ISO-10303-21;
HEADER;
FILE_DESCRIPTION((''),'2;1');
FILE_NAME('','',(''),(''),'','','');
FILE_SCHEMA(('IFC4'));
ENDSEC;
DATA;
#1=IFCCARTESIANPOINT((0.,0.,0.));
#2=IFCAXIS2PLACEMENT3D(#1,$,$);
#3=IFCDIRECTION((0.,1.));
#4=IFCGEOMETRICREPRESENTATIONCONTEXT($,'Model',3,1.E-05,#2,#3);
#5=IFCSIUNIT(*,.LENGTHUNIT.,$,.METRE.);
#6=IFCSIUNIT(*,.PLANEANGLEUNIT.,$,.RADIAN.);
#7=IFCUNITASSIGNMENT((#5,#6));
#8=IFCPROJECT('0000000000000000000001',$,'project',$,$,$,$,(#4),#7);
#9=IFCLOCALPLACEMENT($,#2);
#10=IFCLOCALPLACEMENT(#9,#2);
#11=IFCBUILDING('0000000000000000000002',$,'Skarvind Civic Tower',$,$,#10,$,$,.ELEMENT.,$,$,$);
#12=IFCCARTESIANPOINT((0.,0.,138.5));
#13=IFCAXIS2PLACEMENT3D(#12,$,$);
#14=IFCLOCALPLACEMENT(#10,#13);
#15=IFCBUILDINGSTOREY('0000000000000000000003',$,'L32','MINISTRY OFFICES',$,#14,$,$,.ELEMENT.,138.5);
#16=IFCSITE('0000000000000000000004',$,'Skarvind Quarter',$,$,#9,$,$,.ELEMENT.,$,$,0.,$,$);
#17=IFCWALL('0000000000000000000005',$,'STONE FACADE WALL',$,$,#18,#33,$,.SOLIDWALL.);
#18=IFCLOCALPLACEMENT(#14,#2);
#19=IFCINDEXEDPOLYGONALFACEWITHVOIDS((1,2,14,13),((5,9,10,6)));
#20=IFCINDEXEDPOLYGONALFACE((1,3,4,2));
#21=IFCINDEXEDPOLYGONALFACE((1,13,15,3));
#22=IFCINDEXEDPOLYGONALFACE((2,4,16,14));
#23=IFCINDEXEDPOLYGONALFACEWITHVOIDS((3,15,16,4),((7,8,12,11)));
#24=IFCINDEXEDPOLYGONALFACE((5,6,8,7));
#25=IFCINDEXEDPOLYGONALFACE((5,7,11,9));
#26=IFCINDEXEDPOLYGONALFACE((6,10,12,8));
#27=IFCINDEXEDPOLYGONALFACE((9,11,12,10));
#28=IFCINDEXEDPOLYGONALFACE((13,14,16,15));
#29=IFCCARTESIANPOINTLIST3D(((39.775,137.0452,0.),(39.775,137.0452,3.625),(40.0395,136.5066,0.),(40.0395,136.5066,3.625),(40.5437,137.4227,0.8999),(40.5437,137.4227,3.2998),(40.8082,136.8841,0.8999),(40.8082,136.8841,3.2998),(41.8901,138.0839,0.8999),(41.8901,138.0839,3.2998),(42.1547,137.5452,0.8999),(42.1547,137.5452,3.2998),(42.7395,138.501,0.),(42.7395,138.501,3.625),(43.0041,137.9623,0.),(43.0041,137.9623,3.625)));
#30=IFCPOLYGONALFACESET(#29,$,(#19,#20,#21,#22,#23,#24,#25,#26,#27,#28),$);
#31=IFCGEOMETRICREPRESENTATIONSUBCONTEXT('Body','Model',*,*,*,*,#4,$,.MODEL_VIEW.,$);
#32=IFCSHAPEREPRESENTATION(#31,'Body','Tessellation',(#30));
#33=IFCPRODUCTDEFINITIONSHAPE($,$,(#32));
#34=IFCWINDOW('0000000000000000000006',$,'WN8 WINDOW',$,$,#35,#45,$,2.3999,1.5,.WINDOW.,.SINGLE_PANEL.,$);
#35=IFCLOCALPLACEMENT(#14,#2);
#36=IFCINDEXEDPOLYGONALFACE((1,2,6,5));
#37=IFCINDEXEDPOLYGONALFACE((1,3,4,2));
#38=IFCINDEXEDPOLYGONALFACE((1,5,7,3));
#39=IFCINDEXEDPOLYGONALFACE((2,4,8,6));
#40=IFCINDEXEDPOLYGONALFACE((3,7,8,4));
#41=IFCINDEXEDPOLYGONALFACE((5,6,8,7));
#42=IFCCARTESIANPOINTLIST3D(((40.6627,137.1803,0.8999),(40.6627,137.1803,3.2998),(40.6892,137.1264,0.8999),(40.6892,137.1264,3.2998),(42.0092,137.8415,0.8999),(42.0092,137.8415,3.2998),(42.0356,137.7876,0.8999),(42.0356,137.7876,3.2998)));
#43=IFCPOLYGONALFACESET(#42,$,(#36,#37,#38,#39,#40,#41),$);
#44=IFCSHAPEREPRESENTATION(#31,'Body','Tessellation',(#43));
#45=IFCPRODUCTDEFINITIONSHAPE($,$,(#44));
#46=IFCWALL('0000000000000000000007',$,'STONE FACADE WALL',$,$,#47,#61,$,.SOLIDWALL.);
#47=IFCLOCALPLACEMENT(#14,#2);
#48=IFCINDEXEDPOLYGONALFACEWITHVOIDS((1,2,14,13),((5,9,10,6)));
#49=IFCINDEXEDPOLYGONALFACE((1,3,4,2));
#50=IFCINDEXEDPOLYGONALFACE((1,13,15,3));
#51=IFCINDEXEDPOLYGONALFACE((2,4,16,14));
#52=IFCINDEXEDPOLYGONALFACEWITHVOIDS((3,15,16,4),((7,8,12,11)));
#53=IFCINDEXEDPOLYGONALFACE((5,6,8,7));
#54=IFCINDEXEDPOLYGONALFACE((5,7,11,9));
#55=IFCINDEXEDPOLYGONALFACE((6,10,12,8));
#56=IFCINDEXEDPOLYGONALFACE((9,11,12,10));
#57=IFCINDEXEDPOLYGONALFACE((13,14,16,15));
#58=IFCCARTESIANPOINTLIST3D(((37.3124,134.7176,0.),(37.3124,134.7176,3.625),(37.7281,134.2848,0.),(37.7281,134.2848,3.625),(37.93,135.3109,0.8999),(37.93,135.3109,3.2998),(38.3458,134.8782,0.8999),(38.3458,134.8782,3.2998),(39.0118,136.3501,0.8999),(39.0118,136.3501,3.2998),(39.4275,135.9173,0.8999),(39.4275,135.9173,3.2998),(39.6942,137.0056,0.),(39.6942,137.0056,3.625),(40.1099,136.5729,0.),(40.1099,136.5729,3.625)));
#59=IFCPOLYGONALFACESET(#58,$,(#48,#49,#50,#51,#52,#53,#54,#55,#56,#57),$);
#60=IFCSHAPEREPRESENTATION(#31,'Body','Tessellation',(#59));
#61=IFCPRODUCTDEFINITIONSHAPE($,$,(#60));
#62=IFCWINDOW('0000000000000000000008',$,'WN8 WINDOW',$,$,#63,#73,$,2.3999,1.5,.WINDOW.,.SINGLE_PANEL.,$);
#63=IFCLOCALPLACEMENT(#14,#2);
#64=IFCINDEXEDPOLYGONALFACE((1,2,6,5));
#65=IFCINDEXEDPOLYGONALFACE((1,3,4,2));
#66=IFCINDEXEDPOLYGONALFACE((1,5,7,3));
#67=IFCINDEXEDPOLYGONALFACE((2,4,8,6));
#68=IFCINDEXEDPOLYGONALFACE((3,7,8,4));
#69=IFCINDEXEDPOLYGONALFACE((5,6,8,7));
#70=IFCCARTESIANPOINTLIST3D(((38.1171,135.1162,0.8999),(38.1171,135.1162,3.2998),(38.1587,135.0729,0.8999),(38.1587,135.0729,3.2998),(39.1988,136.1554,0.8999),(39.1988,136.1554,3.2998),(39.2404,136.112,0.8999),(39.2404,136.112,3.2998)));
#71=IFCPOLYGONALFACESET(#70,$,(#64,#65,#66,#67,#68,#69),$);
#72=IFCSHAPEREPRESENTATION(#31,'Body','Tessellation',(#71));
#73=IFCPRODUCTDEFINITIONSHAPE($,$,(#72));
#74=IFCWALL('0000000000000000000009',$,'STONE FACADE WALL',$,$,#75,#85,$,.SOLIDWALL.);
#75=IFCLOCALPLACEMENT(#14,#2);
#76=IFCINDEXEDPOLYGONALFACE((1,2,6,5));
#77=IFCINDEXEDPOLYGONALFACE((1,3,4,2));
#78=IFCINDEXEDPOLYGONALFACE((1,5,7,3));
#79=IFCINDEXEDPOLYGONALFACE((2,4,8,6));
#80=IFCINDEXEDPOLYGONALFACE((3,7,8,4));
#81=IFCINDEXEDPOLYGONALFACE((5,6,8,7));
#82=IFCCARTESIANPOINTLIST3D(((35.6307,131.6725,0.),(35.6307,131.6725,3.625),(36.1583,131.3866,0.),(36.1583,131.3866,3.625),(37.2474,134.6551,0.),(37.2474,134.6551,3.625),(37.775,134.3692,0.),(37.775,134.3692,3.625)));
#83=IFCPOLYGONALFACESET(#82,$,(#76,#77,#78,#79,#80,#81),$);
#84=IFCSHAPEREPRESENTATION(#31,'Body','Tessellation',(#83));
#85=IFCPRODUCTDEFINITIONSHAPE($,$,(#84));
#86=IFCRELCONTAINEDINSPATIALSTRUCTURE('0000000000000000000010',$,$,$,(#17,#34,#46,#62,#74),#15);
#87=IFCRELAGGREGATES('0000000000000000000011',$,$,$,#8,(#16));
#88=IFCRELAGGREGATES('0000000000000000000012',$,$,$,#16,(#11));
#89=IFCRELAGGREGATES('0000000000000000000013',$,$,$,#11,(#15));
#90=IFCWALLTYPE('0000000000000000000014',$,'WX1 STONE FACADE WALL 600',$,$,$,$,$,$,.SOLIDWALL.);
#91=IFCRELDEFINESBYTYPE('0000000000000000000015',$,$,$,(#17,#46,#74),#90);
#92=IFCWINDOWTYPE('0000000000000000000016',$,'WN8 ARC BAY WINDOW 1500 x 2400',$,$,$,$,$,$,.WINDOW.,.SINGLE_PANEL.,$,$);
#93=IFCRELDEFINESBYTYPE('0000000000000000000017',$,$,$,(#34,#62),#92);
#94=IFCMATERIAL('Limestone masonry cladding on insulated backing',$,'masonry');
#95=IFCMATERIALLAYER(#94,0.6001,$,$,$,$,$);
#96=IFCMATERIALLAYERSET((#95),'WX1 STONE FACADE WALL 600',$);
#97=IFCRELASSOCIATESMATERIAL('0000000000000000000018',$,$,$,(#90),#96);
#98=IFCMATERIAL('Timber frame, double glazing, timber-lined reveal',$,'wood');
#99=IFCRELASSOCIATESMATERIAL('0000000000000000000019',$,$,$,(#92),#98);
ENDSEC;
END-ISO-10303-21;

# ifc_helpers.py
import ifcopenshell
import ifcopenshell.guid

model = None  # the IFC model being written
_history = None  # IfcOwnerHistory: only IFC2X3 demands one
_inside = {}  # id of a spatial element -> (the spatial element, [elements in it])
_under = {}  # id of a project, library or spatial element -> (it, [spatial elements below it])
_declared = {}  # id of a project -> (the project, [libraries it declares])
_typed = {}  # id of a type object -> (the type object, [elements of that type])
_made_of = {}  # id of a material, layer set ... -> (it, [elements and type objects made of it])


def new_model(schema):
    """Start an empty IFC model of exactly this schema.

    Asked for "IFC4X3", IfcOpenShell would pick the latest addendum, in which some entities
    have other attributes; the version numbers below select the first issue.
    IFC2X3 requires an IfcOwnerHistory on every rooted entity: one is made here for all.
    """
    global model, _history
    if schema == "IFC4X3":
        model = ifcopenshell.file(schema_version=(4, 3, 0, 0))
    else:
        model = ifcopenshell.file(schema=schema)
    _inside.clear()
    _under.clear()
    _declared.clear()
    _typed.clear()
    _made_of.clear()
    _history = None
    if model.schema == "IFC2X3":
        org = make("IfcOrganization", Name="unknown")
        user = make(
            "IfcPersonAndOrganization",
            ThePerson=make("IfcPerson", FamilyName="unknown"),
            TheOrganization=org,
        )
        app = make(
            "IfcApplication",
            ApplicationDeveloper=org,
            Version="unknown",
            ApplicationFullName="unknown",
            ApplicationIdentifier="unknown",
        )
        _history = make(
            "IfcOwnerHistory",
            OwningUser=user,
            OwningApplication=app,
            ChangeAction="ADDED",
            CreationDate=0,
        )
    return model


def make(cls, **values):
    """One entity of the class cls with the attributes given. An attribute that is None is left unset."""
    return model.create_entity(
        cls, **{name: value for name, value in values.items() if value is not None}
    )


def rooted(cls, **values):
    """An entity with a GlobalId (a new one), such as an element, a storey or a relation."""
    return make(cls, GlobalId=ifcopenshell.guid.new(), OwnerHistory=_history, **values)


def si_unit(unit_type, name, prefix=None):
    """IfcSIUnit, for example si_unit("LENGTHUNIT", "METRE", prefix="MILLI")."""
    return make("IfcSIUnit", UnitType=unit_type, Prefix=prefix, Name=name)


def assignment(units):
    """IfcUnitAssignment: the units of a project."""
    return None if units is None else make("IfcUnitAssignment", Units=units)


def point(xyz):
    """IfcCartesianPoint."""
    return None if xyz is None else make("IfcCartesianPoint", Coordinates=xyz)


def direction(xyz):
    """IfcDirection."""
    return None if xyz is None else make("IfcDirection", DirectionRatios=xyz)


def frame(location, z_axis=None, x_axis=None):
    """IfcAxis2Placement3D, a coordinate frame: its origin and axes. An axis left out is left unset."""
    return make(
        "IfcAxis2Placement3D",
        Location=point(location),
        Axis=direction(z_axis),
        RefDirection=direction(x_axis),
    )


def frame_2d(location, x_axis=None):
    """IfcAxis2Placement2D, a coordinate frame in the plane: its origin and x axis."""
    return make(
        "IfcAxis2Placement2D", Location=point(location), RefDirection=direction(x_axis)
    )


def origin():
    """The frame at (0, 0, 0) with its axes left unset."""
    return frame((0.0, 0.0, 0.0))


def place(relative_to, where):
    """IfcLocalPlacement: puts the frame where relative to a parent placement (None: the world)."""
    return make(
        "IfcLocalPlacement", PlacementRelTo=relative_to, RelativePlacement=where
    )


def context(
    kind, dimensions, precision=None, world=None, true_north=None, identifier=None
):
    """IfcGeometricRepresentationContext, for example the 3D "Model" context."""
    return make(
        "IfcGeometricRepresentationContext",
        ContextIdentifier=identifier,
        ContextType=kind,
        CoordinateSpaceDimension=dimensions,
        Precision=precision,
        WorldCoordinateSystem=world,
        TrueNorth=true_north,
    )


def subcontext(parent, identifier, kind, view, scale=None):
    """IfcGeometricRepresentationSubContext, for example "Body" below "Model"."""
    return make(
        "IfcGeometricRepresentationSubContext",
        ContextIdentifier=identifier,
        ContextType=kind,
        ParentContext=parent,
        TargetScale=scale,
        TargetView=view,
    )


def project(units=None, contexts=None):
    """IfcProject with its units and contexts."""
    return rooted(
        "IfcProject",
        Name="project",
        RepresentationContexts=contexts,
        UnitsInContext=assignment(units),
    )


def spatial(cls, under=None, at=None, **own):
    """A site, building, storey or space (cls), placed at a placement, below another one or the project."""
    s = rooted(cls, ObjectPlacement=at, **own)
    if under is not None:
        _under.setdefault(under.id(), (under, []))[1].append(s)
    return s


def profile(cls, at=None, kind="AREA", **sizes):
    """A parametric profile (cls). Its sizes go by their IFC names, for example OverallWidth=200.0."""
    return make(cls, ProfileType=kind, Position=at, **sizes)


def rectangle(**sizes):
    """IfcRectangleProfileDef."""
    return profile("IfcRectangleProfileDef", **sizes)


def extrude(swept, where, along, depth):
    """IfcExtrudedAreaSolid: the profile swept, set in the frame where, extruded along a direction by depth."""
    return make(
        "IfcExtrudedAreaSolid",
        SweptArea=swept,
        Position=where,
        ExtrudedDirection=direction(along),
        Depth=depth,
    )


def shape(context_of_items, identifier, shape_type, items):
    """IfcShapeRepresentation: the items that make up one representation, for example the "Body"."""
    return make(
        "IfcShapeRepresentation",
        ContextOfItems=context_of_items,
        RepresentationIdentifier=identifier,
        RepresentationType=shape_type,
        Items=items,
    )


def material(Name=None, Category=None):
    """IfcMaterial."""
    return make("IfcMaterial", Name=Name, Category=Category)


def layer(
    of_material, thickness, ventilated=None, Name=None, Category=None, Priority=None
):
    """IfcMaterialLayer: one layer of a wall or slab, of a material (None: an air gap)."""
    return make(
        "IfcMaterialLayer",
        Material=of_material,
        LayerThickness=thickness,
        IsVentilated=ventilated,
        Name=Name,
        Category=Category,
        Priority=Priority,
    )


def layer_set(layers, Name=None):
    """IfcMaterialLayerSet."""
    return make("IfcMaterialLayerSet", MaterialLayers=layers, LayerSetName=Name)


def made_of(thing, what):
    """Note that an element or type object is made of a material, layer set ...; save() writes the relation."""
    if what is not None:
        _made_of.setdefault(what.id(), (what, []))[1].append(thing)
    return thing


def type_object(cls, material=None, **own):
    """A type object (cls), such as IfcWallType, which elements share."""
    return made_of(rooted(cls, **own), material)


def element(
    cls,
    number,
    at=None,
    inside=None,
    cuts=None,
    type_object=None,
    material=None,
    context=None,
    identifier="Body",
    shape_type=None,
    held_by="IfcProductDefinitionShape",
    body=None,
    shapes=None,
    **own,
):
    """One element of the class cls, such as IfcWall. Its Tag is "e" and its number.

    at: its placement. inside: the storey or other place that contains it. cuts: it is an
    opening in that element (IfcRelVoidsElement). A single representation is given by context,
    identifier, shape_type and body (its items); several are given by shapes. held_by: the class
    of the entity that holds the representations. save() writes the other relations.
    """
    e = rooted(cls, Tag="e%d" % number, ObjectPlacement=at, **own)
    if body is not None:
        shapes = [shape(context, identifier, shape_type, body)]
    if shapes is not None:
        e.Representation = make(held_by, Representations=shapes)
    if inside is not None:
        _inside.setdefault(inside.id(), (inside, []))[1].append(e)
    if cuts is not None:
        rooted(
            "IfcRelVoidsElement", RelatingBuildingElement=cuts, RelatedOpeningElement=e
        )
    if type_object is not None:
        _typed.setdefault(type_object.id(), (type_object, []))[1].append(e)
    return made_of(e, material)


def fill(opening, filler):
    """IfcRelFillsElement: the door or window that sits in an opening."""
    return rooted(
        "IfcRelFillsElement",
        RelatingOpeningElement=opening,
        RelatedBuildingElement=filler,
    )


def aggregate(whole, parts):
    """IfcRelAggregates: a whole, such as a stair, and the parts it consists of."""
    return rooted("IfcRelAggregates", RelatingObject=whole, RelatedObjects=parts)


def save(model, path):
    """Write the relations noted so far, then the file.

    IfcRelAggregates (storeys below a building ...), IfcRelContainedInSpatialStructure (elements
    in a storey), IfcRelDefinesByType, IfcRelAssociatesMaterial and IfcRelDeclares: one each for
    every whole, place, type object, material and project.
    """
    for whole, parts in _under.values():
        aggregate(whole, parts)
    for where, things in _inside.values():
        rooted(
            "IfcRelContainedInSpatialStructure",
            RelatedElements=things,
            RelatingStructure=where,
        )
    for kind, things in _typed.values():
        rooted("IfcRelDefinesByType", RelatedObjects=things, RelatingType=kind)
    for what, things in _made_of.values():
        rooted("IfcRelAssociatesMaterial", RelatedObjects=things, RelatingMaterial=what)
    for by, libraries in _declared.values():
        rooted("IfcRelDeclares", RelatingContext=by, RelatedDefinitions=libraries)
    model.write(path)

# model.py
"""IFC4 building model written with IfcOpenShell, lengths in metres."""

from ifc_helpers import new_model, si_unit, direction, frame, frame_2d, origin, place, context, subcontext, project, spatial, rectangle, extrude, material, layer, layer_set, type_object, element, fill, save


model = new_model("IFC4")

# Units and contexts
model_context = context("Model", 3, precision=1e-05, world=origin(), true_north=direction((0.0, 1.0)))
body_context = subcontext(model_context, "Body", "Model", "MODEL_VIEW")
ifc_project = project(units=[si_unit("LENGTHUNIT", "METRE"), si_unit("PLANEANGLEUNIT", "RADIAN")], contexts=[model_context])

# Site, building, storey
site_placement = place(None, origin())
site = spatial("IfcSite", under=ifc_project, at=site_placement, Name="Skarvind Quarter", CompositionType="ELEMENT", RefElevation=0.0)
building_placement = place(site_placement, origin())
building = spatial("IfcBuilding", under=site, at=building_placement, Name="Skarvind Civic Tower", CompositionType="ELEMENT")
storey_placement = place(building_placement, frame((0.0, 0.0, 138.5)))
storey = spatial("IfcBuildingStorey", under=building, at=storey_placement, Name="L32", Description="MINISTRY OFFICES", CompositionType="ELEMENT", Elevation=138.5)

# Walls, openings, windows
ifc_material_1 = material(Name="Limestone masonry cladding on insulated backing", Category="masonry")
ifc_layer_1 = layer(ifc_material_1, 0.6001)
ifc_layer_set_1 = layer_set([ifc_layer_1], Name="WX1 STONE FACADE WALL 600")
wall_type_1 = type_object("IfcWallType", Name="WX1 STONE FACADE WALL 600", PredefinedType="SOLIDWALL", material=ifc_layer_set_1)
ifc_material_2 = material(Name="Timber frame, double glazing, timber-lined reveal", Category="wood")
window_type = type_object("IfcWindowType", Name="WN8 ARC BAY WINDOW 1500 x 2400", PartitioningType="SINGLE_PANEL", PredefinedType="WINDOW", material=ifc_material_2)
wall_1_placement = place(storey_placement, frame((39.9072, 136.7759, 0.0), z_axis=(0.0, 0.0, 1.0), x_axis=(0.897612, 0.440786, 0.0)))
wall_1 = element("IfcWall", 1, at=wall_1_placement, inside=storey, type_object=wall_type_1, Name="STONE FACADE WALL", PredefinedType="SOLIDWALL", context=body_context, shape_type="SweptSolid", body=[
    extrude(rectangle(XDim=3.3027, YDim=0.6001, at=frame_2d((1.6514, 0.0))), origin(), (0.0, 0.0, 1.0), 3.625),
])
opening_1_placement = place(wall_1_placement, frame((0.8564, 0.0, 0.8999)))
opening_1 = element("IfcOpeningElement", 2, at=opening_1_placement, cuts=wall_1, PredefinedType="OPENING", context=body_context, shape_type="SweptSolid", body=[
    extrude(rectangle(XDim=1.5, YDim=2.3999, at=frame_2d((0.75, 1.2))), frame((0.0, 0.3101, 0.0), z_axis=(0.0, -1.0, 0.0), x_axis=(1.0, 0.0, 0.0)), (0.0, 0.0, 1.0), 0.6201),
])
window_1_placement = place(opening_1_placement, origin())
window_1 = element("IfcWindow", 3, at=window_1_placement, inside=storey, type_object=window_type, Name="WN8 WINDOW", OverallHeight=2.3999, OverallWidth=1.5, PartitioningType="SINGLE_PANEL", PredefinedType="WINDOW", context=body_context, shape_type="SweptSolid", body=[
    extrude(rectangle(XDim=1.5, YDim=2.3999, at=frame_2d((0.75, 1.2))), frame((0.0, 0.03, 0.0), z_axis=(0.0, -1.0, 0.0), x_axis=(1.0, 0.0, 0.0)), (0.0, 0.0, 1.0), 0.0601),
])
fill(opening_1, window_1)
wall_2_placement = place(storey_placement, frame((37.5203, 134.5012, 0.0), z_axis=(0.0, 0.0, 1.0), x_axis=(0.721157, 0.692772, 0.0)))
wall_2 = element("IfcWall", 4, at=wall_2_placement, inside=storey, type_object=wall_type_1, Name="STONE FACADE WALL", PredefinedType="SOLIDWALL", context=body_context, shape_type="SweptSolid", body=[
    extrude(rectangle(XDim=3.3027, YDim=0.6001, at=frame_2d((1.6514, 0.0))), origin(), (0.0, 0.0, 1.0), 3.625),
])
opening_2_placement = place(wall_2_placement, frame((0.8564, 0.0, 0.8999)))
opening_2 = element("IfcOpeningElement", 5, at=opening_2_placement, cuts=wall_2, PredefinedType="OPENING", context=body_context, shape_type="SweptSolid", body=[
    extrude(rectangle(XDim=1.5, YDim=2.3999, at=frame_2d((0.75, 1.2))), frame((0.0, 0.3101, 0.0), z_axis=(0.0, -1.0, 0.0), x_axis=(1.0, 0.0, 0.0)), (0.0, 0.0, 1.0), 0.6201),
])
window_2_placement = place(opening_2_placement, origin())
window_2 = element("IfcWindow", 6, at=window_2_placement, inside=storey, type_object=window_type, Name="WN8 WINDOW", OverallHeight=2.3999, OverallWidth=1.5, PartitioningType="SINGLE_PANEL", PredefinedType="WINDOW", context=body_context, shape_type="SweptSolid", body=[
    extrude(rectangle(XDim=1.5, YDim=2.3999, at=frame_2d((0.75, 1.2))), frame((0.0, 0.03, 0.0), z_axis=(0.0, -1.0, 0.0), x_axis=(1.0, 0.0, 0.0)), (0.0, 0.0, 1.0), 0.0601),
])
fill(opening_2, window_2)

# Wall
wall_3_placement = place(storey_placement, frame((35.8945, 131.5295, 0.0), z_axis=(0.0, 0.0, 1.0), x_axis=(0.476531, 0.879158, 0.0)))
element("IfcWall", 7, at=wall_3_placement, inside=storey, type_object=wall_type_1, Name="STONE FACADE WALL", PredefinedType="SOLIDWALL", context=body_context, shape_type="SweptSolid", body=[
    extrude(rectangle(XDim=3.3926, YDim=0.6001, at=frame_2d((1.6963, 0.0))), origin(), (0.0, 0.0, 1.0), 3.625),
])

save(model, "model.ifc")
